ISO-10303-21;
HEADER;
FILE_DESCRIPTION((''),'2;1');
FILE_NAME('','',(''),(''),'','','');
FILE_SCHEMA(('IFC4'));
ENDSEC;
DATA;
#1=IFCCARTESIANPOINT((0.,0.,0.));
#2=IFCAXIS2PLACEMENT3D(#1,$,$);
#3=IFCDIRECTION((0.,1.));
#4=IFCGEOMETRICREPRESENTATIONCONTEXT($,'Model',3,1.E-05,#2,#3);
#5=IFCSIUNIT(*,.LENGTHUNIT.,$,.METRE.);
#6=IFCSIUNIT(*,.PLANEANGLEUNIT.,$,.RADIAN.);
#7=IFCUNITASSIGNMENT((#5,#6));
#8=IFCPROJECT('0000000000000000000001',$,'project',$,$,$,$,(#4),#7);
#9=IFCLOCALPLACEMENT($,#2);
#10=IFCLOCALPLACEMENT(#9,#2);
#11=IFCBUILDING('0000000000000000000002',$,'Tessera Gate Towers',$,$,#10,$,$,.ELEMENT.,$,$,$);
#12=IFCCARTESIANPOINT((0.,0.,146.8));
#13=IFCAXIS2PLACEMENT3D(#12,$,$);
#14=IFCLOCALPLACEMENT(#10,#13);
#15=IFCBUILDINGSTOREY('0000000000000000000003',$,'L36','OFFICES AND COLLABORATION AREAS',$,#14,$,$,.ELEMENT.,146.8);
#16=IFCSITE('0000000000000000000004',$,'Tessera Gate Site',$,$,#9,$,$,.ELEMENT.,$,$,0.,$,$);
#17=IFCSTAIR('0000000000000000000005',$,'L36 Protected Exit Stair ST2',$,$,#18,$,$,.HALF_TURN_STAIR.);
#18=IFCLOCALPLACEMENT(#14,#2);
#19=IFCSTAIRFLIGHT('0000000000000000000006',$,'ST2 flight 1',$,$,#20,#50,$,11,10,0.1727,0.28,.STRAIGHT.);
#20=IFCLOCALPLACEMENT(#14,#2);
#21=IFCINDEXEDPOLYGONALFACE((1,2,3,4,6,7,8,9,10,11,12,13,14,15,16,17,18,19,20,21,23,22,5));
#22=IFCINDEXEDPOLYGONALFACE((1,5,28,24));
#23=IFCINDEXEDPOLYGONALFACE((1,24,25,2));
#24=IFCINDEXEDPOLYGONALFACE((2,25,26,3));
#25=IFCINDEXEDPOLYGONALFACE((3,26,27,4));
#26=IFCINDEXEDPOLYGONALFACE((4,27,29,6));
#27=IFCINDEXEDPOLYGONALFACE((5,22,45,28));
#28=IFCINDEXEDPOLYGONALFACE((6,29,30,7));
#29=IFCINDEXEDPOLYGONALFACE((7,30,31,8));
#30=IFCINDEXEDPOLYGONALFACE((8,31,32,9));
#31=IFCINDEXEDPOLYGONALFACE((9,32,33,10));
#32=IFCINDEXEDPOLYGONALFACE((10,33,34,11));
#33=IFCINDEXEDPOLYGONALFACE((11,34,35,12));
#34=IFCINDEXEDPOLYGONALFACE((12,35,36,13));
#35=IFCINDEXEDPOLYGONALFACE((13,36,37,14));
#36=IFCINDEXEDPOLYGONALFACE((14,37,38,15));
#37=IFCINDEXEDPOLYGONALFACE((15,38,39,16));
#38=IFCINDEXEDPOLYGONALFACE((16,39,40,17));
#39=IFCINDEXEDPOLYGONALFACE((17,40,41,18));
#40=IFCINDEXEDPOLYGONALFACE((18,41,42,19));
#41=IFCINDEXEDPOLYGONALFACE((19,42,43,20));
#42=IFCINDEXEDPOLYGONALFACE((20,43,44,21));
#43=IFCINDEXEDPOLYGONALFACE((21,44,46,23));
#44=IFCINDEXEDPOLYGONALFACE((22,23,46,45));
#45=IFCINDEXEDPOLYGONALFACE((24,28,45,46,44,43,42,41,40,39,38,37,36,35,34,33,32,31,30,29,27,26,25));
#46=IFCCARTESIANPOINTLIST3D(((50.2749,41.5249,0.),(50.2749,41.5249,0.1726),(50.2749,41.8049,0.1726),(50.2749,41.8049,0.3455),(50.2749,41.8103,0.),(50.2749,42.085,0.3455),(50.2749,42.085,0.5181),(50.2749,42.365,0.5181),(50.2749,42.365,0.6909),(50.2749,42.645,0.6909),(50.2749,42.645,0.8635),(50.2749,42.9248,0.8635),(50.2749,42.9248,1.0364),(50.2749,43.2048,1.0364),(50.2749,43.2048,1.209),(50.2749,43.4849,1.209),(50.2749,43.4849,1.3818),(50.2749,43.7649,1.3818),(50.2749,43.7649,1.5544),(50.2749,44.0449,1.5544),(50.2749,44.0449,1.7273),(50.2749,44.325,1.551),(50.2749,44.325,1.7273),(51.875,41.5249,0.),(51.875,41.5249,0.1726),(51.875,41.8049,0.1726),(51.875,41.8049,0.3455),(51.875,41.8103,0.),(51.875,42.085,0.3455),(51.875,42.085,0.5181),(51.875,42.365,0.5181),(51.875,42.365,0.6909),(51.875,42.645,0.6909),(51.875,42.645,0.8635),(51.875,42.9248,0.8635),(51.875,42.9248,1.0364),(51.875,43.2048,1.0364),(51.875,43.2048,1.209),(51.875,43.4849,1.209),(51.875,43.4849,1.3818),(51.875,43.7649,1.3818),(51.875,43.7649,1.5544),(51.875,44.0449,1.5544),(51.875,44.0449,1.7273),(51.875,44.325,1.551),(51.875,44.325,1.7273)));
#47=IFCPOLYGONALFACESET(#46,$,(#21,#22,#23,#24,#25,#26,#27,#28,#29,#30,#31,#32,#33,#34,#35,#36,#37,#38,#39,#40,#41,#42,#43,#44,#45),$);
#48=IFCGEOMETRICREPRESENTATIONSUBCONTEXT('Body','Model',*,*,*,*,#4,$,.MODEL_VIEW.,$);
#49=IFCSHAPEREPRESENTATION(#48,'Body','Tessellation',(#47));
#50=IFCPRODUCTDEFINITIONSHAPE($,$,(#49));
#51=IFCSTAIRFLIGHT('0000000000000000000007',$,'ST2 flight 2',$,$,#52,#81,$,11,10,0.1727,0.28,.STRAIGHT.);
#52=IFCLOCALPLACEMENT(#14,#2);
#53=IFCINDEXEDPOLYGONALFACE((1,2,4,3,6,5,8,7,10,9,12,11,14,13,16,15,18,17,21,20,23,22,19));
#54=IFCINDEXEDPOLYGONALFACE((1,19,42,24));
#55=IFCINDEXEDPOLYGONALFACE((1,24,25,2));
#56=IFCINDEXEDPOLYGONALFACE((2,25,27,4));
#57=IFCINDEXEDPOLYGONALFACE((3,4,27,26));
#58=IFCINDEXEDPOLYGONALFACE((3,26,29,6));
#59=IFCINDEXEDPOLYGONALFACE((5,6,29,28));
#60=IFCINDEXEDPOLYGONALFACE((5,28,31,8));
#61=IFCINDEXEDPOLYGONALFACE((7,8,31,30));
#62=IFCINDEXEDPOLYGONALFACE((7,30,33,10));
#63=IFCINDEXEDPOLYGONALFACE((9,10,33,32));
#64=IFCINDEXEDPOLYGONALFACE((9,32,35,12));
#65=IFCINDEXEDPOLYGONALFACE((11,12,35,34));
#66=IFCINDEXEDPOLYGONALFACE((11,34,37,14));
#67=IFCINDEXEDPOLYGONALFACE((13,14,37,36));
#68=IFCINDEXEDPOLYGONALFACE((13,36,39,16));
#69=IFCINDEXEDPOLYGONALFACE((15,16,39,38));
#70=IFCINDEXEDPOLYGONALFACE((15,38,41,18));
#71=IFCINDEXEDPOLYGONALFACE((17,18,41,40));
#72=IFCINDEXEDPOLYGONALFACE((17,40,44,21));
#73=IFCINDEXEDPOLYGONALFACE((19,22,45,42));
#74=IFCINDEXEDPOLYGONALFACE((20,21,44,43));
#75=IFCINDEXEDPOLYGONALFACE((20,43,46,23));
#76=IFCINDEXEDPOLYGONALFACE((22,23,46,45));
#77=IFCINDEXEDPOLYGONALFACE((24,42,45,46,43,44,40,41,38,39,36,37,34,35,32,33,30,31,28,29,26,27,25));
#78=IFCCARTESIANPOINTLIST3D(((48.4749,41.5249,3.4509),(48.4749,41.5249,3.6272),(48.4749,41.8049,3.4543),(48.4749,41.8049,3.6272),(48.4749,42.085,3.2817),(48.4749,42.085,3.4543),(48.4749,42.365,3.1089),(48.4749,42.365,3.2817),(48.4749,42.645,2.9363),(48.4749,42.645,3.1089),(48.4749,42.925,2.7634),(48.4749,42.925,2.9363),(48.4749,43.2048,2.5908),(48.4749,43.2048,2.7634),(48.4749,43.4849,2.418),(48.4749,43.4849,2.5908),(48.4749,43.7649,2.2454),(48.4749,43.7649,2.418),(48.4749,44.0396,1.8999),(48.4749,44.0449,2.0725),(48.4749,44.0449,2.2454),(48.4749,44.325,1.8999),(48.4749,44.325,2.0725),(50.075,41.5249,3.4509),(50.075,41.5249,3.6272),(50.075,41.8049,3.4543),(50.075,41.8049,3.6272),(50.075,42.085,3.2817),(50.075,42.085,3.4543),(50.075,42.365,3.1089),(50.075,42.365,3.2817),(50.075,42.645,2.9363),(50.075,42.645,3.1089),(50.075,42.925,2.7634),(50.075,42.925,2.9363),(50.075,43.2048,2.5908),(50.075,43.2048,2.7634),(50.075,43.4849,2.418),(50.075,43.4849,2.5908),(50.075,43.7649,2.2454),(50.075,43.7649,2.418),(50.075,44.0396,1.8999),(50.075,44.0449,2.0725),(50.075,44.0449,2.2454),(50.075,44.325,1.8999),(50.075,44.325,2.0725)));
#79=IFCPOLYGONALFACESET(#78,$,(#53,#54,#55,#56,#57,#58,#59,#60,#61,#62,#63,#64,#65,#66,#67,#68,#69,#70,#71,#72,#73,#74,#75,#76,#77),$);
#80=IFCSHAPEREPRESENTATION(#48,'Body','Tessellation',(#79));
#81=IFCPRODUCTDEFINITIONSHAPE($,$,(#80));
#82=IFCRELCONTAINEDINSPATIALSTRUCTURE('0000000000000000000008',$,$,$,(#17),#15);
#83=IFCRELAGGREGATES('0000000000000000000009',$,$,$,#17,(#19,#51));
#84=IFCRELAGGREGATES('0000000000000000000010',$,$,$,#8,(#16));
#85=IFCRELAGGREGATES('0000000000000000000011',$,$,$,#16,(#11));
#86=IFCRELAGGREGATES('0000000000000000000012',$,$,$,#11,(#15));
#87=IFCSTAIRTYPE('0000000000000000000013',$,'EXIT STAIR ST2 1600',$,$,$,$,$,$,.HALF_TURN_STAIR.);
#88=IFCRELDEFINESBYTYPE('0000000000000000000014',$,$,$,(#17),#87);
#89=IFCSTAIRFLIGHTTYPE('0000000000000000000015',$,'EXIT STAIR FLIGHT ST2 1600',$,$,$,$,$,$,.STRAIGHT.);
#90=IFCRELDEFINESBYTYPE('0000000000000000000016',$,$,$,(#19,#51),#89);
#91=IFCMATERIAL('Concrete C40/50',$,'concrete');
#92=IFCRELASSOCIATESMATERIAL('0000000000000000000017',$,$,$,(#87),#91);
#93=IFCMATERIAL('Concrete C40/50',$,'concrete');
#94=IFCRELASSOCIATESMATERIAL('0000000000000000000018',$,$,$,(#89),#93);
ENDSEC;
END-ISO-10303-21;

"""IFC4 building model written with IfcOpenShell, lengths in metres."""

from ifc_helpers import new_model, si_unit, direction, frame, origin, place, context, subcontext, project, spatial, polyline, outline, extrude, material, type_object, element, aggregate, save


model = new_model("IFC4")

# Units and contexts
model_context = context("Model", 3, precision=1e-05, world=origin(), true_north=direction((0.0, 1.0)))
body_context = subcontext(model_context, "Body", "Model", "MODEL_VIEW")
ifc_project = project(units=[si_unit("LENGTHUNIT", "METRE"), si_unit("PLANEANGLEUNIT", "RADIAN")], contexts=[model_context])

# Site, building, storey
site_placement = place(None, origin())
site = spatial("IfcSite", under=ifc_project, at=site_placement, Name="Tessera Gate Site", CompositionType="ELEMENT", RefElevation=0.0)
building_placement = place(site_placement, origin())
building = spatial("IfcBuilding", under=site, at=building_placement, Name="Tessera Gate Towers", CompositionType="ELEMENT")
storey_placement = place(building_placement, frame((0.0, 0.0, 146.8)))
storey = spatial("IfcBuildingStorey", under=building, at=storey_placement, Name="L36", Description="OFFICES AND COLLABORATION AREAS", CompositionType="ELEMENT", Elevation=146.8)

# Stair, stair flights
ifc_material_1 = material(Name="Concrete C40/50", Category="concrete")
stair_type = type_object("IfcStairType", Name="EXIT STAIR ST2 1600", PredefinedType="HALF_TURN_STAIR", material=ifc_material_1)
stair_placement = place(storey_placement, origin())
stair = element("IfcStair", 1, at=stair_placement, inside=storey, type_object=stair_type, Name="L36 Protected Exit Stair ST2", PredefinedType="HALF_TURN_STAIR")
ifc_material_2 = material(Name="Concrete C40/50", Category="concrete")
stair_flight_type = type_object("IfcStairFlightType", Name="EXIT STAIR FLIGHT ST2 1600", PredefinedType="STRAIGHT", material=ifc_material_2)
stair_flight_1_placement = place(storey_placement, frame((51.075, 41.5249, 0.0), z_axis=(0.0, 0.0, 1.0), x_axis=(0.0, 1.0, 0.0)))
stair_flight_1 = element("IfcStairFlight", 2, at=stair_flight_1_placement, type_object=stair_flight_type, Name="ST2 flight 1", NumberOfRisers=11, NumberOfTreads=10, PredefinedType="STRAIGHT", RiserHeight=0.1727, TreadLength=0.28, context=body_context, shape_type="SweptSolid", body=[
    extrude(outline(polyline([(0.0, 0.0), (0.0, 0.1726), (0.28, 0.1726), (0.28, 0.3455), (0.5601, 0.3455), (0.5601, 0.5181), (0.8401, 0.5181), (0.8401, 0.6909), (1.1201, 0.6909), (1.1201, 0.8635), (1.3999, 0.8635), (1.3999, 1.0364), (1.6799, 1.0364), (1.6799, 1.209), (1.96, 1.209), (1.96, 1.3818), (2.24, 1.3818), (2.24, 1.5544), (2.52, 1.5544), (2.52, 1.7273), (2.8, 1.7273), (2.8, 1.8999), (2.8, 1.551), (0.2854, 0.0), (0.0, 0.0)])), frame((0.0, 0.8, 0.0), z_axis=(0.0, -1.0, 0.0), x_axis=(1.0, 0.0, 0.0)), (0.0, 0.0, 1.0), 1.6001),
])
stair_flight_2_placement = place(storey_placement, frame((49.2749, 44.325, 1.8999), z_axis=(0.0, 0.0, 1.0), x_axis=(0.0, -1.0, 0.0)))
stair_flight_2 = element("IfcStairFlight", 3, at=stair_flight_2_placement, type_object=stair_flight_type, Name="ST2 flight 2", NumberOfRisers=11, NumberOfTreads=10, PredefinedType="STRAIGHT", RiserHeight=0.1727, TreadLength=0.28, context=body_context, shape_type="SweptSolid", body=[
    extrude(outline(polyline([(0.0, 0.0), (0.0, 0.1726), (0.28, 0.1726), (0.28, 0.3455), (0.5601, 0.3455), (0.5601, 0.5181), (0.8401, 0.5181), (0.8401, 0.6909), (1.1201, 0.6909), (1.1201, 0.8635), (1.3999, 0.8635), (1.3999, 1.0364), (1.6799, 1.0364), (1.6799, 1.209), (1.96, 1.209), (1.96, 1.3818), (2.24, 1.3818), (2.24, 1.5544), (2.52, 1.5544), (2.52, 1.7273), (2.8, 1.7273), (2.8, 1.8999), (2.8, 1.551), (0.2854, 0.0), (0.0, 0.0)])), frame((0.0, 0.8, 0.0), z_axis=(0.0, -1.0, 0.0), x_axis=(1.0, 0.0, 0.0)), (0.0, 0.0, 1.0), 1.6001),
])
aggregate(stair, [stair_flight_1, stair_flight_2])

save(model, "model.ifc")
